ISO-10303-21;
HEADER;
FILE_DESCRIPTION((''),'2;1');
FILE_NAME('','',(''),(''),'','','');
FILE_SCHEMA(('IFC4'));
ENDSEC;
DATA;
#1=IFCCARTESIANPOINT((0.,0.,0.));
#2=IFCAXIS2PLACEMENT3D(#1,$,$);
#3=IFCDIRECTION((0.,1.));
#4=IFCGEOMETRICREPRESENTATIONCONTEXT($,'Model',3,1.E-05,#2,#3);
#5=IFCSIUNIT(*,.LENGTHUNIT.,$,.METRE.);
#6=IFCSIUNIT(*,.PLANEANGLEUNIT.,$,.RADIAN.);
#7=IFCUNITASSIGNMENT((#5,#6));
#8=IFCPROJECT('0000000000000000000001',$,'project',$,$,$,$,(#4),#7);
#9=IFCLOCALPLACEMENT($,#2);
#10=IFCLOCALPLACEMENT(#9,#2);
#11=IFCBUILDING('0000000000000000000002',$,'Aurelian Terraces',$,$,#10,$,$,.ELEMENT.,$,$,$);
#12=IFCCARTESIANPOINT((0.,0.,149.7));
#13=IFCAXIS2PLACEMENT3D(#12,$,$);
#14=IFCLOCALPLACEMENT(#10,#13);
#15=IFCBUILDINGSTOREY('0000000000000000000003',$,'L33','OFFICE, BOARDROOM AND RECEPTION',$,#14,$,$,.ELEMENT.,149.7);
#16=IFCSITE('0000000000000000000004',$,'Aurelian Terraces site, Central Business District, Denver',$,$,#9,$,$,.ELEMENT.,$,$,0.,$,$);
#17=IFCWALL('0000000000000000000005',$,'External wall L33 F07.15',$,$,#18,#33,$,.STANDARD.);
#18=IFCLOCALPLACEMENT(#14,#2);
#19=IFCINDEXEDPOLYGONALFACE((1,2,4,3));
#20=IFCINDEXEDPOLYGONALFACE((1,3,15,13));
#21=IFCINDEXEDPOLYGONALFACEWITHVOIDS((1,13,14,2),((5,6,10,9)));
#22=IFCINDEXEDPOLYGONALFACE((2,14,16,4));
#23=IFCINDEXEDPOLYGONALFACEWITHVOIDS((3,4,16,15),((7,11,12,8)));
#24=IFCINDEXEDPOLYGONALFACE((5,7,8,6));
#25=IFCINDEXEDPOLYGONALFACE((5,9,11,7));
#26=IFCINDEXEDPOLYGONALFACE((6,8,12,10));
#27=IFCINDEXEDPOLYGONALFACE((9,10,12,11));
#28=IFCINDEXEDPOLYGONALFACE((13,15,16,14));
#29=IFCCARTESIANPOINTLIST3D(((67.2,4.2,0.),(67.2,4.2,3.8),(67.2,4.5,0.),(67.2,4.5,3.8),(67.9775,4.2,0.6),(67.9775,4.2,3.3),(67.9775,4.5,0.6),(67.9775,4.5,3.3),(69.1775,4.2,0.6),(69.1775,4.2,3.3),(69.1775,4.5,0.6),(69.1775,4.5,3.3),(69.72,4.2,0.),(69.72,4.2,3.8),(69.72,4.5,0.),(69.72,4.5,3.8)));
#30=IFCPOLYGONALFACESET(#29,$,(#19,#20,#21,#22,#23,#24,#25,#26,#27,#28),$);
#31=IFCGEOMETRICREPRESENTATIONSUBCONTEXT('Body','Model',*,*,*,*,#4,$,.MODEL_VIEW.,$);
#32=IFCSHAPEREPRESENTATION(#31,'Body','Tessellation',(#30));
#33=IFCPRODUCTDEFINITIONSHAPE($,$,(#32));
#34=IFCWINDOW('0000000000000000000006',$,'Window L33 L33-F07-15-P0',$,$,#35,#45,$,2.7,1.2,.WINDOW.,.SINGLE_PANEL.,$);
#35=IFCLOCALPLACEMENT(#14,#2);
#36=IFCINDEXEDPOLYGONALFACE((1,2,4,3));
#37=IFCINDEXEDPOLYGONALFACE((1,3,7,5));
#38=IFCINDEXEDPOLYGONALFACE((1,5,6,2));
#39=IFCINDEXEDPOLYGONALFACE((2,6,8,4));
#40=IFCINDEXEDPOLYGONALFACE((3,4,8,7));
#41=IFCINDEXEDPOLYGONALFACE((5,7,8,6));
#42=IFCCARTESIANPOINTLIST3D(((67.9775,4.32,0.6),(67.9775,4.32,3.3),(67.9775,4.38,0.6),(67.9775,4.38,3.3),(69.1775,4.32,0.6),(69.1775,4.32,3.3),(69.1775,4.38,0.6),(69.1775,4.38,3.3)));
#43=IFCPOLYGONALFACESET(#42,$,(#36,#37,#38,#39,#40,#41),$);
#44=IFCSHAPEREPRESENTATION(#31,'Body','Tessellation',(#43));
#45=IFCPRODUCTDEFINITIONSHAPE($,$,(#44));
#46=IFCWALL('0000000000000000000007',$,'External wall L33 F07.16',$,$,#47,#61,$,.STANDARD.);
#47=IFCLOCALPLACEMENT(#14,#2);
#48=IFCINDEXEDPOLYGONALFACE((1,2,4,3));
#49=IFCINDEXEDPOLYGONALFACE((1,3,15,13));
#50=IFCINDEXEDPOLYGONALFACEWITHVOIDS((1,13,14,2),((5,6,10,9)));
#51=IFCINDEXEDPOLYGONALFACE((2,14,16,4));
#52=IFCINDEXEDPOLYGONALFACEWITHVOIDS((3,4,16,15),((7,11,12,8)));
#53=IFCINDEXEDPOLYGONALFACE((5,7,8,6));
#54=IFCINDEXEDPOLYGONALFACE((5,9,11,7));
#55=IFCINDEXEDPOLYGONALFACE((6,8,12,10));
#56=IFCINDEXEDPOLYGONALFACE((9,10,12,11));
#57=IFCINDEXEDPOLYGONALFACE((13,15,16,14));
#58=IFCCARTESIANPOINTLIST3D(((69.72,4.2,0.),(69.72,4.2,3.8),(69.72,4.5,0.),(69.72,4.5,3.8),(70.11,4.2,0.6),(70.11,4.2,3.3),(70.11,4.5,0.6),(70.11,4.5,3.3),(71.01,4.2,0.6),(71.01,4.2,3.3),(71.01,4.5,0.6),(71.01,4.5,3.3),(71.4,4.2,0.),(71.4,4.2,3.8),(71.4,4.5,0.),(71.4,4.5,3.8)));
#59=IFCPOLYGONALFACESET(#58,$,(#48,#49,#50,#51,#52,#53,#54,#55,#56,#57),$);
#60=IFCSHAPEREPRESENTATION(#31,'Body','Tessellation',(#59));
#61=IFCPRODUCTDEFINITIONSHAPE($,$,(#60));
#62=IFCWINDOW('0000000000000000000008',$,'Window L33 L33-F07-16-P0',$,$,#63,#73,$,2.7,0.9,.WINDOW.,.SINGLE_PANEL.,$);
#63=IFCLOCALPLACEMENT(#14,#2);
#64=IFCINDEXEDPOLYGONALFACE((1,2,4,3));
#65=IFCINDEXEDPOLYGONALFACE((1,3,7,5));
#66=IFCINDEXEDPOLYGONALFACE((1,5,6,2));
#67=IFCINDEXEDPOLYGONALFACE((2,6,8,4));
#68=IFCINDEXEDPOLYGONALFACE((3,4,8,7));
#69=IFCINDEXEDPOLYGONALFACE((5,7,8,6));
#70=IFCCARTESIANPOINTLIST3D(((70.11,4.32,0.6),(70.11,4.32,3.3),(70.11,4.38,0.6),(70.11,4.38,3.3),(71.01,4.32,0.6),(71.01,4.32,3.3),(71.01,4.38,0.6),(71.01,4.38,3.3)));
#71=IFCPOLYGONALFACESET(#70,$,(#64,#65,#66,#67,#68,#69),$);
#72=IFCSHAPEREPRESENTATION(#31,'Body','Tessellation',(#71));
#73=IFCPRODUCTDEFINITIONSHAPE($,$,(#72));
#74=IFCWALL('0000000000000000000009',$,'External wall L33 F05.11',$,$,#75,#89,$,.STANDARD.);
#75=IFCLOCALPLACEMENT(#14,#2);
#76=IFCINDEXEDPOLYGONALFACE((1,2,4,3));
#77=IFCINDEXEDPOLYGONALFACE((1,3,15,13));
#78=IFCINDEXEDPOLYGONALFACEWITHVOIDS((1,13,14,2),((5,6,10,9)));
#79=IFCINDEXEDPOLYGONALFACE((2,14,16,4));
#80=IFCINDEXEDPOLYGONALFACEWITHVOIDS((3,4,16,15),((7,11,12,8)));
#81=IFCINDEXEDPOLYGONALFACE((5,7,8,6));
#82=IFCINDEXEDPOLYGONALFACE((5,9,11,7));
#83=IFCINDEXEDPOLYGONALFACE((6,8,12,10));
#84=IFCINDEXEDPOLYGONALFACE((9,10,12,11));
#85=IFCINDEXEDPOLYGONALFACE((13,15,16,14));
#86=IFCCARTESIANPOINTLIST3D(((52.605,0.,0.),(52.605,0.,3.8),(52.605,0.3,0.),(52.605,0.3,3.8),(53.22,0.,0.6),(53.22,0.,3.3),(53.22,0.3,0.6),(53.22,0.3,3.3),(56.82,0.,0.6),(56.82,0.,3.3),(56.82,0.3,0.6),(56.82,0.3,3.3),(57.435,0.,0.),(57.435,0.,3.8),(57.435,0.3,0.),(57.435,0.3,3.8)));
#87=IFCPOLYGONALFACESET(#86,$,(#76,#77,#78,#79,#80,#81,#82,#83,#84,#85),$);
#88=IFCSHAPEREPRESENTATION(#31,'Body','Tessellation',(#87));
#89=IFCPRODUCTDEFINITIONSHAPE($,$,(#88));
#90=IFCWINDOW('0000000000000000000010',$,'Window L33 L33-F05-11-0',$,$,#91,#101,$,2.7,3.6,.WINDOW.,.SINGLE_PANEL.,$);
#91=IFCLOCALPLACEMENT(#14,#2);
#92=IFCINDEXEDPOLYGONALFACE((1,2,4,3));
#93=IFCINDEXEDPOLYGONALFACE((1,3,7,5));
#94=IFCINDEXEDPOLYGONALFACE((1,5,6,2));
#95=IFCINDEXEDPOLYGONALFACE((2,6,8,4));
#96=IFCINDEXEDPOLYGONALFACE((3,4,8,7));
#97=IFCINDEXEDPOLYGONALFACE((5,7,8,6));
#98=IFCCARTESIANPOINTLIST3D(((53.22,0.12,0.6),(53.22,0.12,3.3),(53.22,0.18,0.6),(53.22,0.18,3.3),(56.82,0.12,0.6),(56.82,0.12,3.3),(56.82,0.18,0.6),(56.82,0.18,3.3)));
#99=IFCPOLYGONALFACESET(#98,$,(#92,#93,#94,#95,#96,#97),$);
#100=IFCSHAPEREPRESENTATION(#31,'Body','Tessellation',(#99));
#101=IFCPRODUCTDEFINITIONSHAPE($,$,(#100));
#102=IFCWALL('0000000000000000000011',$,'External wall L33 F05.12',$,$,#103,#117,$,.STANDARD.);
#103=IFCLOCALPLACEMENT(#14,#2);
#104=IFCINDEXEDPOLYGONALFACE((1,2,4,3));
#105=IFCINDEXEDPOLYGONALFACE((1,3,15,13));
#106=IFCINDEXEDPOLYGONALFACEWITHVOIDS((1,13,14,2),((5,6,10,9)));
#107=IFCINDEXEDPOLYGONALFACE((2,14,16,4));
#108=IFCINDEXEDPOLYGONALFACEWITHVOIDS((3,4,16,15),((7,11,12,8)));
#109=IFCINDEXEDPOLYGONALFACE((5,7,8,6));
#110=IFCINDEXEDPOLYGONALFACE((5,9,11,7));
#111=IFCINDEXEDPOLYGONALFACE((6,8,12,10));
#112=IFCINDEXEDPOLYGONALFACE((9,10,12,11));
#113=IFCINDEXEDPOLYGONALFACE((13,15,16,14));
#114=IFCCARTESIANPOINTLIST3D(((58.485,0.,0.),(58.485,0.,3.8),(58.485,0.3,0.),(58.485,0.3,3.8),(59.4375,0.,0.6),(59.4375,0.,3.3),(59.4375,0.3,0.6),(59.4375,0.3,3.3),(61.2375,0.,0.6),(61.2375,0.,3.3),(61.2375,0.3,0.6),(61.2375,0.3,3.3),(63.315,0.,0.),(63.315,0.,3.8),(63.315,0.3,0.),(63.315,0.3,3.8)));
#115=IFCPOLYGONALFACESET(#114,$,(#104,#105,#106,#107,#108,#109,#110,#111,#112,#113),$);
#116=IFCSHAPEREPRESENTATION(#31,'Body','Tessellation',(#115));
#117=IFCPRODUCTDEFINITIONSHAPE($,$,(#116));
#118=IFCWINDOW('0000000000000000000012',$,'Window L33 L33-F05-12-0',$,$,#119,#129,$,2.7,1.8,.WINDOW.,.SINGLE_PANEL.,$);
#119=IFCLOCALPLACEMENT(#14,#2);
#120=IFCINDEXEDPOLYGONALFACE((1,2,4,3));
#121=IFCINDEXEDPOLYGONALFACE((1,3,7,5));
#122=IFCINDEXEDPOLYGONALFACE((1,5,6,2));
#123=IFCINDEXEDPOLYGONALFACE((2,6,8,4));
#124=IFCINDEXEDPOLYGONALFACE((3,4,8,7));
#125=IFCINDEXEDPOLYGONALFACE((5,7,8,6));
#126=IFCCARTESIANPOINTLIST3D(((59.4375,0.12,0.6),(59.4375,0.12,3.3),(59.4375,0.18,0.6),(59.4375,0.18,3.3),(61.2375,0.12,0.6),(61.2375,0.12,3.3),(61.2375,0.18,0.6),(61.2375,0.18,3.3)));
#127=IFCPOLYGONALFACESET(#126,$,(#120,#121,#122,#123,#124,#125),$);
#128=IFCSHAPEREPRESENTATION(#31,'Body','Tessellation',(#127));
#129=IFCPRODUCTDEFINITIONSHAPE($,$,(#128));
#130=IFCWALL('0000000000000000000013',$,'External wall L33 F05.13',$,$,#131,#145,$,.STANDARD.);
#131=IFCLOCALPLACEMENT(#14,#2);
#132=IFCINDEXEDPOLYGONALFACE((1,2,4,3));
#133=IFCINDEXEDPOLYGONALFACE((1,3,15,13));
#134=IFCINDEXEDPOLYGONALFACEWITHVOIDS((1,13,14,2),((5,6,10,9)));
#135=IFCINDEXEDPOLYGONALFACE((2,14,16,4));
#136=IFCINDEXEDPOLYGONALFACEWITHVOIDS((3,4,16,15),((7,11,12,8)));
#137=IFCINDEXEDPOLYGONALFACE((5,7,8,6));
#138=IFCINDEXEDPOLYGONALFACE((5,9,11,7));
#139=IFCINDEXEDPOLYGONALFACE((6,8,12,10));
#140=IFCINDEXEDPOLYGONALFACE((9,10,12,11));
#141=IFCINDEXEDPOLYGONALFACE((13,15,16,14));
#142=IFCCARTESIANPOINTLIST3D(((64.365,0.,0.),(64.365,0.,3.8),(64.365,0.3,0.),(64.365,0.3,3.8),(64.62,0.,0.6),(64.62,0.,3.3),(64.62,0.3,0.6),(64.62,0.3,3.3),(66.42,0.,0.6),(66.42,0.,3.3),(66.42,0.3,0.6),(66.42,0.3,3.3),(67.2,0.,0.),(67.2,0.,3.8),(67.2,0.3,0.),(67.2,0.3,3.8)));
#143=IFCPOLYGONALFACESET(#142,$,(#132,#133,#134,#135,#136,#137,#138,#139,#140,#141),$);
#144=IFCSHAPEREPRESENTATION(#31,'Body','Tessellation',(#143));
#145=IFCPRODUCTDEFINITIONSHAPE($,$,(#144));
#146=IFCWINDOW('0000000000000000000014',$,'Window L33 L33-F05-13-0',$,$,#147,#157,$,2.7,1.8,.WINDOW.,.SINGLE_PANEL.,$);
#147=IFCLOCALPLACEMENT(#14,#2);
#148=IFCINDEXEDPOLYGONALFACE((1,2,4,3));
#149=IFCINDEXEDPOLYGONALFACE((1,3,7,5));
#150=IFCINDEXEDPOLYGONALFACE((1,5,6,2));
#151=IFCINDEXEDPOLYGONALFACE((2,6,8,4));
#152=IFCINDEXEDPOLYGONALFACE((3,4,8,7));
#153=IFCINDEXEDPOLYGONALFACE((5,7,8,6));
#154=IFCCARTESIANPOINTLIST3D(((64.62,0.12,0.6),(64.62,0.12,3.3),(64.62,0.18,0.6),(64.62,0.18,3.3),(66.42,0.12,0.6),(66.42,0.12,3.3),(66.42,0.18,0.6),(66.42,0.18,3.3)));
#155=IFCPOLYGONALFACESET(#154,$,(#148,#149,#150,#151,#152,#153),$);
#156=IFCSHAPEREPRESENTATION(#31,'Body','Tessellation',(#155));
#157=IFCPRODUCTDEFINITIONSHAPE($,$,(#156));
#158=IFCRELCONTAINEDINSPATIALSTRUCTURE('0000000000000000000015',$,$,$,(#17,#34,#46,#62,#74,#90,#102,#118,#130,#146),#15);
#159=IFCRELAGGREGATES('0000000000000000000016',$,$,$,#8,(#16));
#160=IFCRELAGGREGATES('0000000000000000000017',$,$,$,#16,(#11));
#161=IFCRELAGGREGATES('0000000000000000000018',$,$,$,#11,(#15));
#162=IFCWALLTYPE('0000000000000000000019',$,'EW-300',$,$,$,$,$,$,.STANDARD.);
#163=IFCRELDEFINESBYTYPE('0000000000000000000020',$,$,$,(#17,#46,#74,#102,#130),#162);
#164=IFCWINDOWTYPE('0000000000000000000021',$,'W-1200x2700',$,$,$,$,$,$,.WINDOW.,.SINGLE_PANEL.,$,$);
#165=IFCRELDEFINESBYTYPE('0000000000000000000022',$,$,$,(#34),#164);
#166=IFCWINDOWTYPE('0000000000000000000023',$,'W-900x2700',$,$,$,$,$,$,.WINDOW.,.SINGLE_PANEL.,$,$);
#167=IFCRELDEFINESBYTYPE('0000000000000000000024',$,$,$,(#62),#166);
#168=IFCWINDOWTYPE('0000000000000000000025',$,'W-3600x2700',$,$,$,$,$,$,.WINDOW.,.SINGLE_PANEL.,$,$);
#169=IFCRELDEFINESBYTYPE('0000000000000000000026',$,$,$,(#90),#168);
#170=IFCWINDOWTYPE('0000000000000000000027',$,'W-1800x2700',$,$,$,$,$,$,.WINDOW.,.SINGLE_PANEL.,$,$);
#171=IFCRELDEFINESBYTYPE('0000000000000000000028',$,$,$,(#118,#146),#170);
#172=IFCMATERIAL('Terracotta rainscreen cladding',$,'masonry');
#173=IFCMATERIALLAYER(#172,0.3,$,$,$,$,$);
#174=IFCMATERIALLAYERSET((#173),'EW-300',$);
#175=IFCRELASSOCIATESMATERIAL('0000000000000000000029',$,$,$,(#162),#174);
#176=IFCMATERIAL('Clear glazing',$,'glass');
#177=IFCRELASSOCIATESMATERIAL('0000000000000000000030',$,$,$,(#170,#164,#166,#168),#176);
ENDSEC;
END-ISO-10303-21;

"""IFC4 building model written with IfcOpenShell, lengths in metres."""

from ifc_helpers import new_model, si_unit, direction, frame, frame_2d, origin, place, context, subcontext, project, spatial, rectangle, extrude, source, transform, mapped, material, layer, layer_set, type_object, element, fill, save


model = new_model("IFC4")

# Units and contexts
model_context = context("Model", 3, precision=1e-05, world=origin(), true_north=direction((0.0, 1.0)))
body_context = subcontext(model_context, "Body", "Model", "MODEL_VIEW")
ifc_project = project(units=[si_unit("LENGTHUNIT", "METRE"), si_unit("PLANEANGLEUNIT", "RADIAN")], contexts=[model_context])

# Site, building, storey
site_placement = place(None, origin())
site = spatial("IfcSite", under=ifc_project, at=site_placement, Name="Aurelian Terraces site, Central Business District, Denver", CompositionType="ELEMENT", RefElevation=0.0)
building_placement = place(site_placement, origin())
building = spatial("IfcBuilding", under=site, at=building_placement, Name="Aurelian Terraces", CompositionType="ELEMENT")
storey_placement = place(building_placement, frame((0.0, 0.0, 149.7)))
storey = spatial("IfcBuildingStorey", under=building, at=storey_placement, Name="L33", Description="OFFICE, BOARDROOM AND RECEPTION", CompositionType="ELEMENT", Elevation=149.7)

# Shared definitions
ifc_material_1 = material(Name="Terracotta rainscreen cladding", Category="masonry")
ifc_layer_1 = layer(ifc_material_1, 0.3)
ifc_layer_set_1 = layer_set([ifc_layer_1], Name="EW-300")
wall_type_1 = type_object("IfcWallType", Name="EW-300", PredefinedType="STANDARD", material=ifc_layer_set_1)
shared_shape_1 = source(origin(), body_context, "Body", "SweptSolid", [
    extrude(rectangle(XDim=1.8, YDim=2.7, at=frame_2d((0.9, 1.35))), frame((0.0, 0.16, 0.0), z_axis=(0.0, -1.0, 0.0), x_axis=(1.0, 0.0, 0.0)), (0.0, 0.0, 1.0), 0.32),
])
ifc_material_2 = material(Name="Clear glazing", Category="glass")
window_type_1 = type_object("IfcWindowType", Name="W-1800x2700", PartitioningType="SINGLE_PANEL", PredefinedType="WINDOW", material=ifc_material_2)
shared_shape_2 = source(origin(), body_context, "Body", "SweptSolid", [
    extrude(rectangle(XDim=1.8, YDim=2.7, at=frame_2d((0.9, 1.35))), frame((0.0, 0.03, 0.0), z_axis=(0.0, -1.0, 0.0), x_axis=(1.0, 0.0, 0.0)), (0.0, 0.0, 1.0), 0.06),
])

# Walls, openings, windows
shared_shape_3 = source(origin(), body_context, "Body", "SweptSolid", [
    extrude(rectangle(XDim=2.52, YDim=0.3, at=frame_2d((1.26, 0.0))), origin(), (0.0, 0.0, 1.0), 3.8),
])
wall_1_placement = place(storey_placement, frame((67.2, 4.35, 0.0), z_axis=(0.0, 0.0, 1.0), x_axis=(1.0, 0.0, 0.0)))
wall_1 = element("IfcWall", 1, at=wall_1_placement, inside=storey, type_object=wall_type_1, Name="External wall L33 F07.15", PredefinedType="STANDARD", context=body_context, shape_type="MappedRepresentation", body=[
    mapped(shared_shape_3, transform((0.0, 0.0, 0.0), scale=1.0)),
])
shared_shape_4 = source(origin(), body_context, "Body", "SweptSolid", [
    extrude(rectangle(XDim=1.2, YDim=2.7, at=frame_2d((0.6, 1.35))), frame((0.0, 0.16, 0.0), z_axis=(0.0, -1.0, 0.0), x_axis=(1.0, 0.0, 0.0)), (0.0, 0.0, 1.0), 0.32),
])
opening_1_placement = place(wall_1_placement, frame((0.7775, 0.0, 0.6)))
opening_1 = element("IfcOpeningElement", 2, at=opening_1_placement, cuts=wall_1, PredefinedType="OPENING", context=body_context, shape_type="MappedRepresentation", body=[
    mapped(shared_shape_4, transform((0.0, 0.0, 0.0), scale=1.0)),
])
window_type_2 = type_object("IfcWindowType", Name="W-1200x2700", PartitioningType="SINGLE_PANEL", PredefinedType="WINDOW", material=ifc_material_2)
shared_shape_5 = source(origin(), body_context, "Body", "SweptSolid", [
    extrude(rectangle(XDim=1.2, YDim=2.7, at=frame_2d((0.6, 1.35))), frame((0.0, 0.03, 0.0), z_axis=(0.0, -1.0, 0.0), x_axis=(1.0, 0.0, 0.0)), (0.0, 0.0, 1.0), 0.06),
])
window_1_placement = place(opening_1_placement, origin())
window_1 = element("IfcWindow", 3, at=window_1_placement, inside=storey, type_object=window_type_2, Name="Window L33 L33-F07-15-P0", OverallHeight=2.7, OverallWidth=1.2, PartitioningType="SINGLE_PANEL", PredefinedType="WINDOW", context=body_context, shape_type="MappedRepresentation", body=[
    mapped(shared_shape_5, transform((0.0, 0.0, 0.0), scale=1.0)),
])
fill(opening_1, window_1)
shared_shape_6 = source(origin(), body_context, "Body", "SweptSolid", [
    extrude(rectangle(XDim=1.68, YDim=0.3, at=frame_2d((0.84, 0.0))), origin(), (0.0, 0.0, 1.0), 3.8),
])
wall_2_placement = place(storey_placement, frame((69.72, 4.35, 0.0), z_axis=(0.0, 0.0, 1.0), x_axis=(1.0, 0.0, 0.0)))
wall_2 = element("IfcWall", 4, at=wall_2_placement, inside=storey, type_object=wall_type_1, Name="External wall L33 F07.16", PredefinedType="STANDARD", context=body_context, shape_type="MappedRepresentation", body=[
    mapped(shared_shape_6, transform((0.0, 0.0, 0.0), scale=1.0)),
])
shared_shape_7 = source(origin(), body_context, "Body", "SweptSolid", [
    extrude(rectangle(XDim=0.9, YDim=2.7, at=frame_2d((0.45, 1.35))), frame((0.0, 0.16, 0.0), z_axis=(0.0, -1.0, 0.0), x_axis=(1.0, 0.0, 0.0)), (0.0, 0.0, 1.0), 0.32),
])
opening_2_placement = place(wall_2_placement, frame((0.39, 0.0, 0.6)))
opening_2 = element("IfcOpeningElement", 5, at=opening_2_placement, cuts=wall_2, PredefinedType="OPENING", context=body_context, shape_type="MappedRepresentation", body=[
    mapped(shared_shape_7, transform((0.0, 0.0, 0.0), scale=1.0)),
])
window_type_3 = type_object("IfcWindowType", Name="W-900x2700", PartitioningType="SINGLE_PANEL", PredefinedType="WINDOW", material=ifc_material_2)
shared_shape_8 = source(origin(), body_context, "Body", "SweptSolid", [
    extrude(rectangle(XDim=0.9, YDim=2.7, at=frame_2d((0.45, 1.35))), frame((0.0, 0.03, 0.0), z_axis=(0.0, -1.0, 0.0), x_axis=(1.0, 0.0, 0.0)), (0.0, 0.0, 1.0), 0.06),
])
window_2_placement = place(opening_2_placement, origin())
window_2 = element("IfcWindow", 6, at=window_2_placement, inside=storey, type_object=window_type_3, Name="Window L33 L33-F07-16-P0", OverallHeight=2.7, OverallWidth=0.9, PartitioningType="SINGLE_PANEL", PredefinedType="WINDOW", context=body_context, shape_type="MappedRepresentation", body=[
    mapped(shared_shape_8, transform((0.0, 0.0, 0.0), scale=1.0)),
])
fill(opening_2, window_2)
shared_shape_9 = source(origin(), body_context, "Body", "SweptSolid", [
    extrude(rectangle(XDim=4.83, YDim=0.3, at=frame_2d((2.415, 0.0))), origin(), (0.0, 0.0, 1.0), 3.8),
])
wall_3_placement = place(storey_placement, frame((52.605, 0.15, 0.0), z_axis=(0.0, 0.0, 1.0), x_axis=(1.0, 0.0, 0.0)))
wall_3 = element("IfcWall", 7, at=wall_3_placement, inside=storey, type_object=wall_type_1, Name="External wall L33 F05.11", PredefinedType="STANDARD", context=body_context, shape_type="MappedRepresentation", body=[
    mapped(shared_shape_9, transform((0.0, 0.0, 0.0), scale=1.0)),
])
shared_shape_10 = source(origin(), body_context, "Body", "SweptSolid", [
    extrude(rectangle(XDim=3.6, YDim=2.7, at=frame_2d((1.8, 1.35))), frame((0.0, 0.16, 0.0), z_axis=(0.0, -1.0, 0.0), x_axis=(1.0, 0.0, 0.0)), (0.0, 0.0, 1.0), 0.32),
])
opening_3_placement = place(wall_3_placement, frame((0.615, 0.0, 0.6)))
opening_3 = element("IfcOpeningElement", 8, at=opening_3_placement, cuts=wall_3, PredefinedType="OPENING", context=body_context, shape_type="MappedRepresentation", body=[
    mapped(shared_shape_10, transform((0.0, 0.0, 0.0), scale=1.0)),
])
window_type_4 = type_object("IfcWindowType", Name="W-3600x2700", PartitioningType="SINGLE_PANEL", PredefinedType="WINDOW", material=ifc_material_2)
shared_shape_11 = source(origin(), body_context, "Body", "SweptSolid", [
    extrude(rectangle(XDim=3.6, YDim=2.7, at=frame_2d((1.8, 1.35))), frame((0.0, 0.03, 0.0), z_axis=(0.0, -1.0, 0.0), x_axis=(1.0, 0.0, 0.0)), (0.0, 0.0, 1.0), 0.06),
])
window_3_placement = place(opening_3_placement, origin())
window_3 = element("IfcWindow", 9, at=window_3_placement, inside=storey, type_object=window_type_4, Name="Window L33 L33-F05-11-0", OverallHeight=2.7, OverallWidth=3.6, PartitioningType="SINGLE_PANEL", PredefinedType="WINDOW", context=body_context, shape_type="MappedRepresentation", body=[
    mapped(shared_shape_11, transform((0.0, 0.0, 0.0), scale=1.0)),
])
fill(opening_3, window_3)
wall_4_placement = place(storey_placement, frame((58.485, 0.15, 0.0), z_axis=(0.0, 0.0, 1.0), x_axis=(1.0, 0.0, 0.0)))
wall_4 = element("IfcWall", 10, at=wall_4_placement, inside=storey, type_object=wall_type_1, Name="External wall L33 F05.12", PredefinedType="STANDARD", context=body_context, shape_type="MappedRepresentation", body=[
    mapped(shared_shape_9, transform((0.0, 0.0, 0.0), scale=1.0)),
])
opening_4_placement = place(wall_4_placement, frame((0.9525, 0.0, 0.6)))
opening_4 = element("IfcOpeningElement", 11, at=opening_4_placement, cuts=wall_4, PredefinedType="OPENING", context=body_context, shape_type="MappedRepresentation", body=[
    mapped(shared_shape_1, transform((0.0, 0.0, 0.0), scale=1.0)),
])
window_4_placement = place(opening_4_placement, origin())
window_4 = element("IfcWindow", 12, at=window_4_placement, inside=storey, type_object=window_type_1, Name="Window L33 L33-F05-12-0", OverallHeight=2.7, OverallWidth=1.8, PartitioningType="SINGLE_PANEL", PredefinedType="WINDOW", context=body_context, shape_type="MappedRepresentation", body=[
    mapped(shared_shape_2, transform((0.0, 0.0, 0.0), scale=1.0)),
])
fill(opening_4, window_4)
shared_shape_12 = source(origin(), body_context, "Body", "SweptSolid", [
    extrude(rectangle(XDim=2.835, YDim=0.3, at=frame_2d((1.4175, 0.0))), origin(), (0.0, 0.0, 1.0), 3.8),
])
wall_5_placement = place(storey_placement, frame((64.365, 0.15, 0.0), z_axis=(0.0, 0.0, 1.0), x_axis=(1.0, 0.0, 0.0)))
wall_5 = element("IfcWall", 13, at=wall_5_placement, inside=storey, type_object=wall_type_1, Name="External wall L33 F05.13", PredefinedType="STANDARD", context=body_context, shape_type="MappedRepresentation", body=[
    mapped(shared_shape_12, transform((0.0, 0.0, 0.0), scale=1.0)),
])
opening_5_placement = place(wall_5_placement, frame((0.255, 0.0, 0.6)))
opening_5 = element("IfcOpeningElement", 14, at=opening_5_placement, cuts=wall_5, PredefinedType="OPENING", context=body_context, shape_type="MappedRepresentation", body=[
    mapped(shared_shape_1, transform((0.0, 0.0, 0.0), scale=1.0)),
])
window_5_placement = place(opening_5_placement, origin())
window_5 = element("IfcWindow", 15, at=window_5_placement, inside=storey, type_object=window_type_1, Name="Window L33 L33-F05-13-0", OverallHeight=2.7, OverallWidth=1.8, PartitioningType="SINGLE_PANEL", PredefinedType="WINDOW", context=body_context, shape_type="MappedRepresentation", body=[
    mapped(shared_shape_2, transform((0.0, 0.0, 0.0), scale=1.0)),
])
fill(opening_5, window_5)

save(model, "model.ifc")
